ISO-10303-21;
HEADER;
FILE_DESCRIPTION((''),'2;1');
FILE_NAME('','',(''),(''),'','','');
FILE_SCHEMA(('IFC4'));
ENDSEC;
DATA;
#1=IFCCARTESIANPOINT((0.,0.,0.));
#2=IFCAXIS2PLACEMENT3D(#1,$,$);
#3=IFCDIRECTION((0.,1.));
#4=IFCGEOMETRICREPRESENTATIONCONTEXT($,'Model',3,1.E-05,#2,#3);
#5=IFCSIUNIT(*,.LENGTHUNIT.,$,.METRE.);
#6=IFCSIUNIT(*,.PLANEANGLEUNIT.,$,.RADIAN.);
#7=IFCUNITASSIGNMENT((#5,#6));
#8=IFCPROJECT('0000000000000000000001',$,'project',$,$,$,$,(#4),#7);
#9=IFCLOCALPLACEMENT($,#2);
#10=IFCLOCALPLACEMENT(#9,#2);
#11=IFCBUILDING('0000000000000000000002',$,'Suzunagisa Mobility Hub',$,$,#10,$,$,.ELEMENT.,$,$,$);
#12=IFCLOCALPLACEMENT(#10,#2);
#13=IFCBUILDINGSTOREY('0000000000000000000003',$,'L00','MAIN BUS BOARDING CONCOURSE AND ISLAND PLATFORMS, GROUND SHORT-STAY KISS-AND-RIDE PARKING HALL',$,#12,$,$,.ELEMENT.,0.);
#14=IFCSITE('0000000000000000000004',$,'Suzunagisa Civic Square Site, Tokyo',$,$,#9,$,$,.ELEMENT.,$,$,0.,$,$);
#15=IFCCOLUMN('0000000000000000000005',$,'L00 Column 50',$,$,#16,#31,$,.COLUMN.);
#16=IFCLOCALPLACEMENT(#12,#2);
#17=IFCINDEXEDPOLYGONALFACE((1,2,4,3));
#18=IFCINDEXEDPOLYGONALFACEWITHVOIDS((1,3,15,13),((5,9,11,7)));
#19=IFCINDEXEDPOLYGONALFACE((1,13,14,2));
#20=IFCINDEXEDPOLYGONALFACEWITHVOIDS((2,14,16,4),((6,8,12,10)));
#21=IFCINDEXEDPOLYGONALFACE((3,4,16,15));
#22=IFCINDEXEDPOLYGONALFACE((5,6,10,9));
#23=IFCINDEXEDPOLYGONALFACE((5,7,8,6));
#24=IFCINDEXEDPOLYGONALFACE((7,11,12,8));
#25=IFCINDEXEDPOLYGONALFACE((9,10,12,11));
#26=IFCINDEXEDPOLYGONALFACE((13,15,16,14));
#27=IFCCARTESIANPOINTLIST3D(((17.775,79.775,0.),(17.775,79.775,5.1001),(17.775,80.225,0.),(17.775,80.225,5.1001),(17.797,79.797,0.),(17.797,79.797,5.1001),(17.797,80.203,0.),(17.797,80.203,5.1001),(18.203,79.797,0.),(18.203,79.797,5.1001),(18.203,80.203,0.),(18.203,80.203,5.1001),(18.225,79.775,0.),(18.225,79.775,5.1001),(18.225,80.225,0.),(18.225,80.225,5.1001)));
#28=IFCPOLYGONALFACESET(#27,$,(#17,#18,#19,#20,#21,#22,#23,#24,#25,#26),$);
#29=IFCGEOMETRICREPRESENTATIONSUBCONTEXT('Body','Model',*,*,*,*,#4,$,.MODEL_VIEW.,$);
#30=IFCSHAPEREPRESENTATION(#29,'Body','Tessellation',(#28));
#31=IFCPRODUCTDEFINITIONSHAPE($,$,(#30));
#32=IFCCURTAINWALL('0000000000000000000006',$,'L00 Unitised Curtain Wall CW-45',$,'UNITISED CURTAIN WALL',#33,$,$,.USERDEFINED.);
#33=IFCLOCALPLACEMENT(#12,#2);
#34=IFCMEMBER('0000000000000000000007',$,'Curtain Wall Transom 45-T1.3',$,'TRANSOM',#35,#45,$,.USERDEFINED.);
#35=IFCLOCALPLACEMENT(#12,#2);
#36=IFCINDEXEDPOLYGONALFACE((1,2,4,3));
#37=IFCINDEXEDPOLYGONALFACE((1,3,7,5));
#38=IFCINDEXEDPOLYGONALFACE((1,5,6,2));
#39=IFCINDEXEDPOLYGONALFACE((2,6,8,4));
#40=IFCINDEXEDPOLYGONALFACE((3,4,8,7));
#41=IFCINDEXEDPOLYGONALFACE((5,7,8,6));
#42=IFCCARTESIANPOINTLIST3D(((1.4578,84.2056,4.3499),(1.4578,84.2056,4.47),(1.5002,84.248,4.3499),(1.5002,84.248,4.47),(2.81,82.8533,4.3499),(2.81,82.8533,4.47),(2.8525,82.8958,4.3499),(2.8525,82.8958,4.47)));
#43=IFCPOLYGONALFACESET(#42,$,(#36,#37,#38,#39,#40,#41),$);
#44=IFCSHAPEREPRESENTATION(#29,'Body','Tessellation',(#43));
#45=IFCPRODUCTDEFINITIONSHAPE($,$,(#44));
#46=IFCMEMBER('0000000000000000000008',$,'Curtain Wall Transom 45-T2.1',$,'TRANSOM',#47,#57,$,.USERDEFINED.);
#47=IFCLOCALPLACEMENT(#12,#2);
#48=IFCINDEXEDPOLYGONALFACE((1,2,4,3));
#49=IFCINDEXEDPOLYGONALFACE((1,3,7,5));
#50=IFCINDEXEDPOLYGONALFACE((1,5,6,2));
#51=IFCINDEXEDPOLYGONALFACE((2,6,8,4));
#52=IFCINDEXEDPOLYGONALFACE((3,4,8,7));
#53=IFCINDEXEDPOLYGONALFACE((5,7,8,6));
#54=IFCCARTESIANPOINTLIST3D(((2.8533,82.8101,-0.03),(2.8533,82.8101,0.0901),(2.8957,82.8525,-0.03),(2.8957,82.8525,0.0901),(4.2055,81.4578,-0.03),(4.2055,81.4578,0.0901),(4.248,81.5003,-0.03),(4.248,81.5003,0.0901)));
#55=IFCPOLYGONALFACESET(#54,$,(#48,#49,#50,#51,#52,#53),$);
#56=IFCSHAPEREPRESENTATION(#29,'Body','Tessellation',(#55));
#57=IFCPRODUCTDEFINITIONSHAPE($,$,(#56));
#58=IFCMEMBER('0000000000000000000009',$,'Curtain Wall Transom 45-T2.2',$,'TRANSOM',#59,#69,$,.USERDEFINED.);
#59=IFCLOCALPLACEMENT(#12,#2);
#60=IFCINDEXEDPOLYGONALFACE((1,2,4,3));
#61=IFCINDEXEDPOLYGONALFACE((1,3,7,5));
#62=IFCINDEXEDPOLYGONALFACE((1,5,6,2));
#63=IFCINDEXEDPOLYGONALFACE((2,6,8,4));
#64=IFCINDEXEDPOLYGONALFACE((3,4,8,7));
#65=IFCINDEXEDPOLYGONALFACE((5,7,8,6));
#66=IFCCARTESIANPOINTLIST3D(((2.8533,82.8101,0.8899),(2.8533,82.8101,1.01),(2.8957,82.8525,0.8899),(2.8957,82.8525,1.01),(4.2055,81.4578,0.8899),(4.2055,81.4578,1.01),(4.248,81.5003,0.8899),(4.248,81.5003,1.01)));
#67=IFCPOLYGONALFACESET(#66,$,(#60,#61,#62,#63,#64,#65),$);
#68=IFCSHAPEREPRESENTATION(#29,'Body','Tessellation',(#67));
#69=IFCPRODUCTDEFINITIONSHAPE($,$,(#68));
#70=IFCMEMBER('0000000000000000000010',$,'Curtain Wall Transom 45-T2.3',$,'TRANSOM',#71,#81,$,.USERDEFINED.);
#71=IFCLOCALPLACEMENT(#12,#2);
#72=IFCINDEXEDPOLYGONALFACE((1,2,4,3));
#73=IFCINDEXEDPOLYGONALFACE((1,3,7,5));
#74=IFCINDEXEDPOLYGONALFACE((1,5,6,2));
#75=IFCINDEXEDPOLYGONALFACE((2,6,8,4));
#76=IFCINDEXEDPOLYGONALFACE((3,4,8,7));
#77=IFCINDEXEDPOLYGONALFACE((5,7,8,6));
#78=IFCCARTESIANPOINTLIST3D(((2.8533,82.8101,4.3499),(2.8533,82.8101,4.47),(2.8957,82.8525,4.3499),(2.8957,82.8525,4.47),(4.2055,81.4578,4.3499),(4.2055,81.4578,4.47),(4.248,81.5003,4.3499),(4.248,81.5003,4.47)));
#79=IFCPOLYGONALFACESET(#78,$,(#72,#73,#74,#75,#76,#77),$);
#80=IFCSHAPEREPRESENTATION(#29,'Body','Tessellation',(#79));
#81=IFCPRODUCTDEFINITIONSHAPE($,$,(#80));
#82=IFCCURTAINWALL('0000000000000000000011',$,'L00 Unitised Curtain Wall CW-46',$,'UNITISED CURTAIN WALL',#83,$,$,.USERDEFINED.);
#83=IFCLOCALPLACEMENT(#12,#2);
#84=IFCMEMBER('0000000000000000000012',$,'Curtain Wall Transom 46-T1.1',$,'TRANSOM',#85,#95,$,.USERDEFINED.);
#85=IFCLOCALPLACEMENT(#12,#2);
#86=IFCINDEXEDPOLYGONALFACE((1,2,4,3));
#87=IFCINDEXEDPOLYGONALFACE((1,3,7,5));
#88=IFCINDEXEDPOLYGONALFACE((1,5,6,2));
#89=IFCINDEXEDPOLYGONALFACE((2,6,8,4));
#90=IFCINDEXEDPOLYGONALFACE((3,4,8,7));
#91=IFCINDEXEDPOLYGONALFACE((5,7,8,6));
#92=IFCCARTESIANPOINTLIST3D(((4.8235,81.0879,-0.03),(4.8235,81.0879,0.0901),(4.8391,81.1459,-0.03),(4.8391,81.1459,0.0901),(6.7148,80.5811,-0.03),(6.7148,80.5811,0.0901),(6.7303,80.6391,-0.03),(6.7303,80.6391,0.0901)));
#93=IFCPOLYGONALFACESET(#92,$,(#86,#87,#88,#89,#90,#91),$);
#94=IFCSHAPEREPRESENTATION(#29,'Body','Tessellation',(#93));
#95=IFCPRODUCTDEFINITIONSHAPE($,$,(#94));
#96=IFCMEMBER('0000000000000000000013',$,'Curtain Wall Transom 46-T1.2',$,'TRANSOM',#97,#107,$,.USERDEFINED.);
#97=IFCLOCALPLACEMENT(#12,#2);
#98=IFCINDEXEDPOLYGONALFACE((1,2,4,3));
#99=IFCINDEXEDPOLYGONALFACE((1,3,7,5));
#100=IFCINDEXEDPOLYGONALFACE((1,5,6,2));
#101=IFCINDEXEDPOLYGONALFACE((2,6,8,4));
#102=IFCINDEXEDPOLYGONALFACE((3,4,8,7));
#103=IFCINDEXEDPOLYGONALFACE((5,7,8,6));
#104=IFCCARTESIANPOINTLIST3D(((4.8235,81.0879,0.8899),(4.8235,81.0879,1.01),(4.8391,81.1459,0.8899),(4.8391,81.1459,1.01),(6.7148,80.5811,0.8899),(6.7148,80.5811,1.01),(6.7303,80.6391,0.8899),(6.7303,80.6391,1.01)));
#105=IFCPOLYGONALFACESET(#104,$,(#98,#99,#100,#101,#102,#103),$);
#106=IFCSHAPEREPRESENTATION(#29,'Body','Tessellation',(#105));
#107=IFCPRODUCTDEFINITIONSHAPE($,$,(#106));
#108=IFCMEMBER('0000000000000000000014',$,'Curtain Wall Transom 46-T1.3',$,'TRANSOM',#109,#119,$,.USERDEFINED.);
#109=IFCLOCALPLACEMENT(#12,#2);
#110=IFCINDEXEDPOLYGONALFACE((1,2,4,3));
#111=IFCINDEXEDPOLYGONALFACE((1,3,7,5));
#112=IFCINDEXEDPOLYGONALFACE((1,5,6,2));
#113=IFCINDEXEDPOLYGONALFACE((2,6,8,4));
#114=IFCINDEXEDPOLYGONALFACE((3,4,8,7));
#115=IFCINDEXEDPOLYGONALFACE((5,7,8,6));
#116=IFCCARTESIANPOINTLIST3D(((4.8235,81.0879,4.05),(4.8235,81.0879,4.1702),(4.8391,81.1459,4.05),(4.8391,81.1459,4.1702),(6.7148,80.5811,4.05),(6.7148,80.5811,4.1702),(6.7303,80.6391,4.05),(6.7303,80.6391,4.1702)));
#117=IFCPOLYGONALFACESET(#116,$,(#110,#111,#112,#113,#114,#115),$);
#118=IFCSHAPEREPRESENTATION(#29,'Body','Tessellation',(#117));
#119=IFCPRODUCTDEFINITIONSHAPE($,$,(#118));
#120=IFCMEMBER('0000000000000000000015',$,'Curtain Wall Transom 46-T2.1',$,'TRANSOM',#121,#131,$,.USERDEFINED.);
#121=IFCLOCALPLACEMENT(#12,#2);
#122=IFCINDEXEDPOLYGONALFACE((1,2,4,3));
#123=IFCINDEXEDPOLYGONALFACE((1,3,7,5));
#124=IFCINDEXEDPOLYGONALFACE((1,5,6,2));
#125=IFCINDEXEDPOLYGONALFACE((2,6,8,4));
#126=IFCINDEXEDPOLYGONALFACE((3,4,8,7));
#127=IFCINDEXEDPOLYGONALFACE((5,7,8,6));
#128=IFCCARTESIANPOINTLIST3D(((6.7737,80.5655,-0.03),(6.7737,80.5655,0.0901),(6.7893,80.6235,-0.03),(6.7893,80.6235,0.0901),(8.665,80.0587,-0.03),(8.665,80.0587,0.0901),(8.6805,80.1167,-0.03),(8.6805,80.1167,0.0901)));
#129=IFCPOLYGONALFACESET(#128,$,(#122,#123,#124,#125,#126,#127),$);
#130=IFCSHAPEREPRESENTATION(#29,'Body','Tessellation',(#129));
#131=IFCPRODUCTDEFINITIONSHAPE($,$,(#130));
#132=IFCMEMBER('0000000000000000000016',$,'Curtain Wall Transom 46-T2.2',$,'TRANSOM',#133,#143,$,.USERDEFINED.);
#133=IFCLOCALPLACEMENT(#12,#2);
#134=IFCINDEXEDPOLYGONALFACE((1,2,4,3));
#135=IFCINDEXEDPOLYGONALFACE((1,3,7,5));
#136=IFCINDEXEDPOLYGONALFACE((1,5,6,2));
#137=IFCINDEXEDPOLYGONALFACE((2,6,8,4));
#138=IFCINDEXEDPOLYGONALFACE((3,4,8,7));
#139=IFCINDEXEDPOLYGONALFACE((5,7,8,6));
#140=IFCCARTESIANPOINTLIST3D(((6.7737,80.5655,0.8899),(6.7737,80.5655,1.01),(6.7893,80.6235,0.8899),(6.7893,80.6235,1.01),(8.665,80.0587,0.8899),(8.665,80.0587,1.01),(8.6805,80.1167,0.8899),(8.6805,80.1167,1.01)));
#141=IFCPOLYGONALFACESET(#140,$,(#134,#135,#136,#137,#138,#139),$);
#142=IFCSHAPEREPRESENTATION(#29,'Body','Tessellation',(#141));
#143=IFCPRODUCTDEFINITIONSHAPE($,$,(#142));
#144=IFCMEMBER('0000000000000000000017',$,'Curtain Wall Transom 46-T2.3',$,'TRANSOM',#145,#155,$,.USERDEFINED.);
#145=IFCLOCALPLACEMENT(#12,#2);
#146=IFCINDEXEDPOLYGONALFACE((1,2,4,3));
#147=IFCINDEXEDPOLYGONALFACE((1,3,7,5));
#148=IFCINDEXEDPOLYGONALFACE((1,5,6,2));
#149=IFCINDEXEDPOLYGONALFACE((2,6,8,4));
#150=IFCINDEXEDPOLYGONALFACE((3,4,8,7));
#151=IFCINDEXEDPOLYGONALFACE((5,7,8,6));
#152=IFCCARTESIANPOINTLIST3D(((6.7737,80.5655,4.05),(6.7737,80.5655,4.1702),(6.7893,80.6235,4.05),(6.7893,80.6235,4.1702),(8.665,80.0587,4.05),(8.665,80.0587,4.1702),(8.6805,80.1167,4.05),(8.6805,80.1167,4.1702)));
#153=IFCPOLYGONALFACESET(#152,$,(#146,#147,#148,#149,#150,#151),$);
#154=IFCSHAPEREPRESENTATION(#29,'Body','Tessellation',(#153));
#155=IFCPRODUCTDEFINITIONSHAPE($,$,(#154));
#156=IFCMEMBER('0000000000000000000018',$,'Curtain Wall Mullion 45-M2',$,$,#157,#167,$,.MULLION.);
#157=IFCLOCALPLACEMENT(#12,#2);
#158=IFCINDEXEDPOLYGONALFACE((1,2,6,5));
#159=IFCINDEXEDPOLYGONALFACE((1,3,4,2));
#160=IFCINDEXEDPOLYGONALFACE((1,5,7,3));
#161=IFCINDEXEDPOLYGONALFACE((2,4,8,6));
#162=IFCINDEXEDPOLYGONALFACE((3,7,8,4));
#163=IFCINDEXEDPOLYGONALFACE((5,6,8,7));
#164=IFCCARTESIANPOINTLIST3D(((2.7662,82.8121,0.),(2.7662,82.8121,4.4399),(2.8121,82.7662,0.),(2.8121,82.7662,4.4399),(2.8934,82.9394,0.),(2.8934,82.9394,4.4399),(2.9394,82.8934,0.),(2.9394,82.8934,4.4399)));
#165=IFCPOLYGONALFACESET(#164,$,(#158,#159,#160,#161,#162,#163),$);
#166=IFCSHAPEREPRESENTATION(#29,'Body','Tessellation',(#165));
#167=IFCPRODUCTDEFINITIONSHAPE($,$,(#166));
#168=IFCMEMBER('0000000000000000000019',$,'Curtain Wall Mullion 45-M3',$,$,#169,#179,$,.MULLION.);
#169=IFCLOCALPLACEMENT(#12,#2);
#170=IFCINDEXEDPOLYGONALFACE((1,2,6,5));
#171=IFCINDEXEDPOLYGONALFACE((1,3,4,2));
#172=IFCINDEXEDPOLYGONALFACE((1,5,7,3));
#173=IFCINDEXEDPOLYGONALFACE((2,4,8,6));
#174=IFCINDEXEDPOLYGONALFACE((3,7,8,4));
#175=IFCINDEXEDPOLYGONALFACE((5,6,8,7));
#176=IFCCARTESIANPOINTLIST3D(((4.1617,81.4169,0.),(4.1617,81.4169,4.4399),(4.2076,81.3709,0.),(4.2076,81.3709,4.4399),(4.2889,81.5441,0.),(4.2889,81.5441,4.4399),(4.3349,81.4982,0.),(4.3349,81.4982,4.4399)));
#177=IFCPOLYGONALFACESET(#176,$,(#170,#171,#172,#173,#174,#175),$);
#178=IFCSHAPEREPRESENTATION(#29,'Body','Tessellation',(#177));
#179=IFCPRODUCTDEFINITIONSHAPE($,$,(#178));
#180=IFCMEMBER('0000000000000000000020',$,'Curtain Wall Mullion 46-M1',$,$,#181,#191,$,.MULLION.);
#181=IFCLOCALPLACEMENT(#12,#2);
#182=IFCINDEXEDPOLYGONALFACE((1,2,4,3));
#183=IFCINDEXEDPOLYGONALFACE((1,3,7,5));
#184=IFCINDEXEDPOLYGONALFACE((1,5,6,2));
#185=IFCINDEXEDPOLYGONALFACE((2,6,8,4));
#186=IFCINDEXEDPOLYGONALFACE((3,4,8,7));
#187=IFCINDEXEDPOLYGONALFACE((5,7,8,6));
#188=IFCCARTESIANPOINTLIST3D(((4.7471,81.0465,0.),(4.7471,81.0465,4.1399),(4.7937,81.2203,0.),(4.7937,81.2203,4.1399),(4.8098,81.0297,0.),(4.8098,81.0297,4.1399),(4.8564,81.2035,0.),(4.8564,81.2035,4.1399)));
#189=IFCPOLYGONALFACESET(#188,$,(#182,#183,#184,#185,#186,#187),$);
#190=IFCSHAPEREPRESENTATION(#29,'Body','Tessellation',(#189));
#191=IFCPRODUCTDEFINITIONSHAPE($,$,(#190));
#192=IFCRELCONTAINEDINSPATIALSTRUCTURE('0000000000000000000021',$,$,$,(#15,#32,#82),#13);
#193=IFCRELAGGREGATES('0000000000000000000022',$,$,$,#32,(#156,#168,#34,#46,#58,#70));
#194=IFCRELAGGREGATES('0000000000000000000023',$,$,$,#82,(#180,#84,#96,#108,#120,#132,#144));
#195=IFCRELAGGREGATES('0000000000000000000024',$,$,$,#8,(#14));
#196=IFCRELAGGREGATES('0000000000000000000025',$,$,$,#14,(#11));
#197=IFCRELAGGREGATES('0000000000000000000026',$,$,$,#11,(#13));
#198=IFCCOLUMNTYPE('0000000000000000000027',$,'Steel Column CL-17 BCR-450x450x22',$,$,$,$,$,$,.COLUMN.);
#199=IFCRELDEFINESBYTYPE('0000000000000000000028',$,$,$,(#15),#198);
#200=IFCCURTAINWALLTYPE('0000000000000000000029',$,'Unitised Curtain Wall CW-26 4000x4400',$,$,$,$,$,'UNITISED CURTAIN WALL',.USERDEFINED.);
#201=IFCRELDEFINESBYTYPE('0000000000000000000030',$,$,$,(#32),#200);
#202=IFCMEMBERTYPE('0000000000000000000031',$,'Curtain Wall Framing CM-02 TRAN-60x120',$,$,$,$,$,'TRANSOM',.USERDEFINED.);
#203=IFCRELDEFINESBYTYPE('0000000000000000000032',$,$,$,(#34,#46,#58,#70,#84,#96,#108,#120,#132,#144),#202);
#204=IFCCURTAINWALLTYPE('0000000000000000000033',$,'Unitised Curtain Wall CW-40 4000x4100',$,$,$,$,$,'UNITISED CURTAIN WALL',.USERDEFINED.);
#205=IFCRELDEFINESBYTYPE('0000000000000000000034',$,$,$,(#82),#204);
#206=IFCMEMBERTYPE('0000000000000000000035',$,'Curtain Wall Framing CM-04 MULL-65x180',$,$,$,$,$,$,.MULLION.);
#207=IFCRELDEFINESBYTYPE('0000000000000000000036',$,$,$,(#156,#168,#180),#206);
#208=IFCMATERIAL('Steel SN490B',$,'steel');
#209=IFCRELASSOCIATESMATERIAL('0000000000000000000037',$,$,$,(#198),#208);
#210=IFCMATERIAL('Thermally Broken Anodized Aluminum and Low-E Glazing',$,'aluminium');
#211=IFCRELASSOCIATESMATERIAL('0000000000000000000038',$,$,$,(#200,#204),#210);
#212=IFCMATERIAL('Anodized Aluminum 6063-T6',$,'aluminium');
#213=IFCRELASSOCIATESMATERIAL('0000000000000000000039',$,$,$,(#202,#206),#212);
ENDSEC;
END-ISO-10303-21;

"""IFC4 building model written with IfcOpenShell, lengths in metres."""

from ifc_helpers import new_model, si_unit, direction, frame, origin, origin_2d, place, context, subcontext, project, spatial, rectangle, hollow_rectangle, extrude, material, material_profile, profile_set, type_object, element, aggregate, save


model = new_model("IFC4")

# Units and contexts
model_context = context("Model", 3, precision=1e-05, world=origin(), true_north=direction((0.0, 1.0)))
body_context = subcontext(model_context, "Body", "Model", "MODEL_VIEW")
ifc_project = project(units=[si_unit("LENGTHUNIT", "METRE"), si_unit("PLANEANGLEUNIT", "RADIAN")], contexts=[model_context])

# Site, building, storey
site_placement = place(None, origin())
site = spatial("IfcSite", under=ifc_project, at=site_placement, Name="Suzunagisa Civic Square Site, Tokyo", CompositionType="ELEMENT", RefElevation=0.0)
building_placement = place(site_placement, origin())
building = spatial("IfcBuilding", under=site, at=building_placement, Name="Suzunagisa Mobility Hub", CompositionType="ELEMENT")
storey_placement = place(building_placement, origin())
storey = spatial("IfcBuildingStorey", under=building, at=storey_placement, Name="L00", Description="MAIN BUS BOARDING CONCOURSE AND ISLAND PLATFORMS, GROUND SHORT-STAY KISS-AND-RIDE PARKING HALL", CompositionType="ELEMENT", Elevation=0.0)

# Column
ifc_material_1 = material(Name="Steel SN490B", Category="steel")
ifc_material_profile_1 = material_profile(ifc_material_1, hollow_rectangle(XDim=0.45, YDim=0.45, WallThickness=0.022, at=origin_2d()), Name="BCR-450x450x22")
ifc_profile_set_1 = profile_set([ifc_material_profile_1], Name="Steel SN490B")
column_type_1 = type_object("IfcColumnType", Name="Steel Column CL-17 BCR-450x450x22", PredefinedType="COLUMN", material=ifc_profile_set_1)
for number, where, z_axis, x_axis, name in (
    (1, (18.0, 80.0, 0.0), (0.0, 0.0, 1.0), (1.0, 0.0, 0.0), "L00 Column 50"),
):
    element("IfcColumn", number, at=place(storey_placement, frame(where, z_axis=z_axis, x_axis=x_axis)), inside=storey, type_object=column_type_1, Name=name, PredefinedType="COLUMN", context=body_context, shape_type="SweptSolid", body=[
        extrude(hollow_rectangle(XDim=0.45, YDim=0.45, WallThickness=0.022, at=origin_2d()), origin(), (0.0, 0.0, 1.0), 5.1001),
    ])

# Curtain walls, members
ifc_material_2 = material(Name="Thermally Broken Anodized Aluminum and Low-E Glazing", Category="aluminium")
curtain_wall_type_1 = type_object("IfcCurtainWallType", Name="Unitised Curtain Wall CW-26 4000x4400", ElementType="UNITISED CURTAIN WALL", PredefinedType="USERDEFINED", material=ifc_material_2)
curtain_wall_1_placement = place(storey_placement, origin())
curtain_wall_1 = element("IfcCurtainWall", 2, at=curtain_wall_1_placement, inside=storey, type_object=curtain_wall_type_1, Name="L00 Unitised Curtain Wall CW-45", ObjectType="UNITISED CURTAIN WALL", PredefinedType="USERDEFINED")
ifc_material_3 = material(Name="Anodized Aluminum 6063-T6", Category="aluminium")
ifc_material_profile_2 = material_profile(ifc_material_3, rectangle(XDim=0.0601, YDim=0.1201, at=origin_2d()), Name="TRAN-60x120")
ifc_profile_set_2 = profile_set([ifc_material_profile_2], Name="Anodized Aluminum 6063-T6")
member_type_1 = type_object("IfcMemberType", Name="Curtain Wall Framing CM-02 TRAN-60x120", ElementType="TRANSOM", PredefinedType="USERDEFINED", material=ifc_profile_set_2)
member_1_placement = place(storey_placement, frame((1.479, 84.2268, 4.4099), z_axis=(0.707107, -0.707107, 0.0), x_axis=(0.707107, 0.707107, 0.0)))
member_1 = element("IfcMember", 3, at=member_1_placement, type_object=member_type_1, Name="Curtain Wall Transom 45-T1.3", ObjectType="TRANSOM", PredefinedType="USERDEFINED", context=body_context, shape_type="SweptSolid", body=[
    extrude(rectangle(XDim=0.0601, YDim=0.1201, at=origin_2d()), origin(), (0.0, 0.0, 1.0), 1.9124),
])
member_2_placement = place(storey_placement, frame((2.8745, 82.8313, 0.03), z_axis=(0.707107, -0.707107, 0.0), x_axis=(0.707107, 0.707107, 0.0)))
member_2 = element("IfcMember", 4, at=member_2_placement, type_object=member_type_1, Name="Curtain Wall Transom 45-T2.1", ObjectType="TRANSOM", PredefinedType="USERDEFINED", context=body_context, shape_type="SweptSolid", body=[
    extrude(rectangle(XDim=0.0601, YDim=0.1201, at=origin_2d()), origin(), (0.0, 0.0, 1.0), 1.9124),
])
member_3_placement = place(storey_placement, frame((2.8745, 82.8313, 0.95), z_axis=(0.707107, -0.707107, 0.0), x_axis=(0.707107, 0.707107, 0.0)))
member_3 = element("IfcMember", 5, at=member_3_placement, type_object=member_type_1, Name="Curtain Wall Transom 45-T2.2", ObjectType="TRANSOM", PredefinedType="USERDEFINED", context=body_context, shape_type="SweptSolid", body=[
    extrude(rectangle(XDim=0.0601, YDim=0.1201, at=origin_2d()), origin(), (0.0, 0.0, 1.0), 1.9124),
])
member_4_placement = place(storey_placement, frame((2.8745, 82.8313, 4.4099), z_axis=(0.707107, -0.707107, 0.0), x_axis=(0.707107, 0.707107, 0.0)))
member_4 = element("IfcMember", 6, at=member_4_placement, type_object=member_type_1, Name="Curtain Wall Transom 45-T2.3", ObjectType="TRANSOM", PredefinedType="USERDEFINED", context=body_context, shape_type="SweptSolid", body=[
    extrude(rectangle(XDim=0.0601, YDim=0.1201, at=origin_2d()), origin(), (0.0, 0.0, 1.0), 1.9124),
])
curtain_wall_type_2 = type_object("IfcCurtainWallType", Name="Unitised Curtain Wall CW-40 4000x4100", ElementType="UNITISED CURTAIN WALL", PredefinedType="USERDEFINED", material=ifc_material_2)
curtain_wall_2_placement = place(storey_placement, origin())
curtain_wall_2 = element("IfcCurtainWall", 7, at=curtain_wall_2_placement, inside=storey, type_object=curtain_wall_type_2, Name="L00 Unitised Curtain Wall CW-46", ObjectType="UNITISED CURTAIN WALL", PredefinedType="USERDEFINED")
member_5_placement = place(storey_placement, frame((4.8313, 81.1169, 0.03), z_axis=(0.96592, -0.258842, 0.0), x_axis=(0.258842, 0.96592, 0.0)))
member_5 = element("IfcMember", 8, at=member_5_placement, type_object=member_type_1, Name="Curtain Wall Transom 46-T1.1", ObjectType="TRANSOM", PredefinedType="USERDEFINED", context=body_context, shape_type="SweptSolid", body=[
    extrude(rectangle(XDim=0.0601, YDim=0.1201, at=origin_2d()), origin(), (0.0, 0.0, 1.0), 1.958),
])
member_6_placement = place(storey_placement, frame((4.8313, 81.1169, 0.95), z_axis=(0.96592, -0.258842, 0.0), x_axis=(0.258842, 0.96592, 0.0)))
member_6 = element("IfcMember", 9, at=member_6_placement, type_object=member_type_1, Name="Curtain Wall Transom 46-T1.2", ObjectType="TRANSOM", PredefinedType="USERDEFINED", context=body_context, shape_type="SweptSolid", body=[
    extrude(rectangle(XDim=0.0601, YDim=0.1201, at=origin_2d()), origin(), (0.0, 0.0, 1.0), 1.958),
])
member_7_placement = place(storey_placement, frame((4.8313, 81.1169, 4.1101), z_axis=(0.96592, -0.258842, 0.0), x_axis=(0.258842, 0.96592, 0.0)))
member_7 = element("IfcMember", 10, at=member_7_placement, type_object=member_type_1, Name="Curtain Wall Transom 46-T1.3", ObjectType="TRANSOM", PredefinedType="USERDEFINED", context=body_context, shape_type="SweptSolid", body=[
    extrude(rectangle(XDim=0.0601, YDim=0.1201, at=origin_2d()), origin(), (0.0, 0.0, 1.0), 1.958),
])
member_8_placement = place(storey_placement, frame((6.7815, 80.5945, 0.03), z_axis=(0.96592, -0.258842, 0.0), x_axis=(0.258842, 0.96592, 0.0)))
member_8 = element("IfcMember", 11, at=member_8_placement, type_object=member_type_1, Name="Curtain Wall Transom 46-T2.1", ObjectType="TRANSOM", PredefinedType="USERDEFINED", context=body_context, shape_type="SweptSolid", body=[
    extrude(rectangle(XDim=0.0601, YDim=0.1201, at=origin_2d()), origin(), (0.0, 0.0, 1.0), 1.958),
])
member_9_placement = place(storey_placement, frame((6.7815, 80.5945, 0.95), z_axis=(0.96592, -0.258842, 0.0), x_axis=(0.258842, 0.96592, 0.0)))
member_9 = element("IfcMember", 12, at=member_9_placement, type_object=member_type_1, Name="Curtain Wall Transom 46-T2.2", ObjectType="TRANSOM", PredefinedType="USERDEFINED", context=body_context, shape_type="SweptSolid", body=[
    extrude(rectangle(XDim=0.0601, YDim=0.1201, at=origin_2d()), origin(), (0.0, 0.0, 1.0), 1.958),
])
member_10_placement = place(storey_placement, frame((6.7815, 80.5945, 4.1101), z_axis=(0.96592, -0.258842, 0.0), x_axis=(0.258842, 0.96592, 0.0)))
member_10 = element("IfcMember", 13, at=member_10_placement, type_object=member_type_1, Name="Curtain Wall Transom 46-T2.3", ObjectType="TRANSOM", PredefinedType="USERDEFINED", context=body_context, shape_type="SweptSolid", body=[
    extrude(rectangle(XDim=0.0601, YDim=0.1201, at=origin_2d()), origin(), (0.0, 0.0, 1.0), 1.958),
])

# Members
ifc_material_profile_3 = material_profile(ifc_material_3, rectangle(XDim=0.0649, YDim=0.1799, at=origin_2d()), Name="MULL-65x180")
ifc_profile_set_3 = profile_set([ifc_material_profile_3], Name="Anodized Aluminum 6063-T6")
member_type_2 = type_object("IfcMemberType", Name="Curtain Wall Framing CM-04 MULL-65x180", PredefinedType="MULLION", material=ifc_profile_set_3)
member_11_placement = place(storey_placement, frame((2.8528, 82.8528, 0.0), z_axis=(0.0, 0.0, 1.0), x_axis=(0.707107, -0.707107, 0.0)))
member_11 = element("IfcMember", 14, at=member_11_placement, type_object=member_type_2, Name="Curtain Wall Mullion 45-M2", PredefinedType="MULLION", context=body_context, shape_type="SweptSolid", body=[
    extrude(rectangle(XDim=0.0649, YDim=0.1799, at=origin_2d()), origin(), (0.0, 0.0, 1.0), 4.4399),
])
member_12_placement = place(storey_placement, frame((4.2483, 81.4575, 0.0), z_axis=(0.0, 0.0, 1.0), x_axis=(0.707107, -0.707107, 0.0)))
member_12 = element("IfcMember", 15, at=member_12_placement, type_object=member_type_2, Name="Curtain Wall Mullion 45-M3", PredefinedType="MULLION", context=body_context, shape_type="SweptSolid", body=[
    extrude(rectangle(XDim=0.0649, YDim=0.1799, at=origin_2d()), origin(), (0.0, 0.0, 1.0), 4.4399),
])
member_13_placement = place(storey_placement, frame((4.8018, 81.125, 0.0), z_axis=(0.0, 0.0, 1.0), x_axis=(0.965925, -0.258821, 0.0)))
member_13 = element("IfcMember", 16, at=member_13_placement, type_object=member_type_2, Name="Curtain Wall Mullion 46-M1", PredefinedType="MULLION", context=body_context, shape_type="SweptSolid", body=[
    extrude(rectangle(XDim=0.0649, YDim=0.1799, at=origin_2d()), origin(), (0.0, 0.0, 1.0), 4.1399),
])

aggregate(curtain_wall_1, [member_11, member_12, member_1, member_2, member_3, member_4])
aggregate(curtain_wall_2, [member_13, member_5, member_6, member_7, member_8, member_9, member_10])

save(model, "model.ifc")
